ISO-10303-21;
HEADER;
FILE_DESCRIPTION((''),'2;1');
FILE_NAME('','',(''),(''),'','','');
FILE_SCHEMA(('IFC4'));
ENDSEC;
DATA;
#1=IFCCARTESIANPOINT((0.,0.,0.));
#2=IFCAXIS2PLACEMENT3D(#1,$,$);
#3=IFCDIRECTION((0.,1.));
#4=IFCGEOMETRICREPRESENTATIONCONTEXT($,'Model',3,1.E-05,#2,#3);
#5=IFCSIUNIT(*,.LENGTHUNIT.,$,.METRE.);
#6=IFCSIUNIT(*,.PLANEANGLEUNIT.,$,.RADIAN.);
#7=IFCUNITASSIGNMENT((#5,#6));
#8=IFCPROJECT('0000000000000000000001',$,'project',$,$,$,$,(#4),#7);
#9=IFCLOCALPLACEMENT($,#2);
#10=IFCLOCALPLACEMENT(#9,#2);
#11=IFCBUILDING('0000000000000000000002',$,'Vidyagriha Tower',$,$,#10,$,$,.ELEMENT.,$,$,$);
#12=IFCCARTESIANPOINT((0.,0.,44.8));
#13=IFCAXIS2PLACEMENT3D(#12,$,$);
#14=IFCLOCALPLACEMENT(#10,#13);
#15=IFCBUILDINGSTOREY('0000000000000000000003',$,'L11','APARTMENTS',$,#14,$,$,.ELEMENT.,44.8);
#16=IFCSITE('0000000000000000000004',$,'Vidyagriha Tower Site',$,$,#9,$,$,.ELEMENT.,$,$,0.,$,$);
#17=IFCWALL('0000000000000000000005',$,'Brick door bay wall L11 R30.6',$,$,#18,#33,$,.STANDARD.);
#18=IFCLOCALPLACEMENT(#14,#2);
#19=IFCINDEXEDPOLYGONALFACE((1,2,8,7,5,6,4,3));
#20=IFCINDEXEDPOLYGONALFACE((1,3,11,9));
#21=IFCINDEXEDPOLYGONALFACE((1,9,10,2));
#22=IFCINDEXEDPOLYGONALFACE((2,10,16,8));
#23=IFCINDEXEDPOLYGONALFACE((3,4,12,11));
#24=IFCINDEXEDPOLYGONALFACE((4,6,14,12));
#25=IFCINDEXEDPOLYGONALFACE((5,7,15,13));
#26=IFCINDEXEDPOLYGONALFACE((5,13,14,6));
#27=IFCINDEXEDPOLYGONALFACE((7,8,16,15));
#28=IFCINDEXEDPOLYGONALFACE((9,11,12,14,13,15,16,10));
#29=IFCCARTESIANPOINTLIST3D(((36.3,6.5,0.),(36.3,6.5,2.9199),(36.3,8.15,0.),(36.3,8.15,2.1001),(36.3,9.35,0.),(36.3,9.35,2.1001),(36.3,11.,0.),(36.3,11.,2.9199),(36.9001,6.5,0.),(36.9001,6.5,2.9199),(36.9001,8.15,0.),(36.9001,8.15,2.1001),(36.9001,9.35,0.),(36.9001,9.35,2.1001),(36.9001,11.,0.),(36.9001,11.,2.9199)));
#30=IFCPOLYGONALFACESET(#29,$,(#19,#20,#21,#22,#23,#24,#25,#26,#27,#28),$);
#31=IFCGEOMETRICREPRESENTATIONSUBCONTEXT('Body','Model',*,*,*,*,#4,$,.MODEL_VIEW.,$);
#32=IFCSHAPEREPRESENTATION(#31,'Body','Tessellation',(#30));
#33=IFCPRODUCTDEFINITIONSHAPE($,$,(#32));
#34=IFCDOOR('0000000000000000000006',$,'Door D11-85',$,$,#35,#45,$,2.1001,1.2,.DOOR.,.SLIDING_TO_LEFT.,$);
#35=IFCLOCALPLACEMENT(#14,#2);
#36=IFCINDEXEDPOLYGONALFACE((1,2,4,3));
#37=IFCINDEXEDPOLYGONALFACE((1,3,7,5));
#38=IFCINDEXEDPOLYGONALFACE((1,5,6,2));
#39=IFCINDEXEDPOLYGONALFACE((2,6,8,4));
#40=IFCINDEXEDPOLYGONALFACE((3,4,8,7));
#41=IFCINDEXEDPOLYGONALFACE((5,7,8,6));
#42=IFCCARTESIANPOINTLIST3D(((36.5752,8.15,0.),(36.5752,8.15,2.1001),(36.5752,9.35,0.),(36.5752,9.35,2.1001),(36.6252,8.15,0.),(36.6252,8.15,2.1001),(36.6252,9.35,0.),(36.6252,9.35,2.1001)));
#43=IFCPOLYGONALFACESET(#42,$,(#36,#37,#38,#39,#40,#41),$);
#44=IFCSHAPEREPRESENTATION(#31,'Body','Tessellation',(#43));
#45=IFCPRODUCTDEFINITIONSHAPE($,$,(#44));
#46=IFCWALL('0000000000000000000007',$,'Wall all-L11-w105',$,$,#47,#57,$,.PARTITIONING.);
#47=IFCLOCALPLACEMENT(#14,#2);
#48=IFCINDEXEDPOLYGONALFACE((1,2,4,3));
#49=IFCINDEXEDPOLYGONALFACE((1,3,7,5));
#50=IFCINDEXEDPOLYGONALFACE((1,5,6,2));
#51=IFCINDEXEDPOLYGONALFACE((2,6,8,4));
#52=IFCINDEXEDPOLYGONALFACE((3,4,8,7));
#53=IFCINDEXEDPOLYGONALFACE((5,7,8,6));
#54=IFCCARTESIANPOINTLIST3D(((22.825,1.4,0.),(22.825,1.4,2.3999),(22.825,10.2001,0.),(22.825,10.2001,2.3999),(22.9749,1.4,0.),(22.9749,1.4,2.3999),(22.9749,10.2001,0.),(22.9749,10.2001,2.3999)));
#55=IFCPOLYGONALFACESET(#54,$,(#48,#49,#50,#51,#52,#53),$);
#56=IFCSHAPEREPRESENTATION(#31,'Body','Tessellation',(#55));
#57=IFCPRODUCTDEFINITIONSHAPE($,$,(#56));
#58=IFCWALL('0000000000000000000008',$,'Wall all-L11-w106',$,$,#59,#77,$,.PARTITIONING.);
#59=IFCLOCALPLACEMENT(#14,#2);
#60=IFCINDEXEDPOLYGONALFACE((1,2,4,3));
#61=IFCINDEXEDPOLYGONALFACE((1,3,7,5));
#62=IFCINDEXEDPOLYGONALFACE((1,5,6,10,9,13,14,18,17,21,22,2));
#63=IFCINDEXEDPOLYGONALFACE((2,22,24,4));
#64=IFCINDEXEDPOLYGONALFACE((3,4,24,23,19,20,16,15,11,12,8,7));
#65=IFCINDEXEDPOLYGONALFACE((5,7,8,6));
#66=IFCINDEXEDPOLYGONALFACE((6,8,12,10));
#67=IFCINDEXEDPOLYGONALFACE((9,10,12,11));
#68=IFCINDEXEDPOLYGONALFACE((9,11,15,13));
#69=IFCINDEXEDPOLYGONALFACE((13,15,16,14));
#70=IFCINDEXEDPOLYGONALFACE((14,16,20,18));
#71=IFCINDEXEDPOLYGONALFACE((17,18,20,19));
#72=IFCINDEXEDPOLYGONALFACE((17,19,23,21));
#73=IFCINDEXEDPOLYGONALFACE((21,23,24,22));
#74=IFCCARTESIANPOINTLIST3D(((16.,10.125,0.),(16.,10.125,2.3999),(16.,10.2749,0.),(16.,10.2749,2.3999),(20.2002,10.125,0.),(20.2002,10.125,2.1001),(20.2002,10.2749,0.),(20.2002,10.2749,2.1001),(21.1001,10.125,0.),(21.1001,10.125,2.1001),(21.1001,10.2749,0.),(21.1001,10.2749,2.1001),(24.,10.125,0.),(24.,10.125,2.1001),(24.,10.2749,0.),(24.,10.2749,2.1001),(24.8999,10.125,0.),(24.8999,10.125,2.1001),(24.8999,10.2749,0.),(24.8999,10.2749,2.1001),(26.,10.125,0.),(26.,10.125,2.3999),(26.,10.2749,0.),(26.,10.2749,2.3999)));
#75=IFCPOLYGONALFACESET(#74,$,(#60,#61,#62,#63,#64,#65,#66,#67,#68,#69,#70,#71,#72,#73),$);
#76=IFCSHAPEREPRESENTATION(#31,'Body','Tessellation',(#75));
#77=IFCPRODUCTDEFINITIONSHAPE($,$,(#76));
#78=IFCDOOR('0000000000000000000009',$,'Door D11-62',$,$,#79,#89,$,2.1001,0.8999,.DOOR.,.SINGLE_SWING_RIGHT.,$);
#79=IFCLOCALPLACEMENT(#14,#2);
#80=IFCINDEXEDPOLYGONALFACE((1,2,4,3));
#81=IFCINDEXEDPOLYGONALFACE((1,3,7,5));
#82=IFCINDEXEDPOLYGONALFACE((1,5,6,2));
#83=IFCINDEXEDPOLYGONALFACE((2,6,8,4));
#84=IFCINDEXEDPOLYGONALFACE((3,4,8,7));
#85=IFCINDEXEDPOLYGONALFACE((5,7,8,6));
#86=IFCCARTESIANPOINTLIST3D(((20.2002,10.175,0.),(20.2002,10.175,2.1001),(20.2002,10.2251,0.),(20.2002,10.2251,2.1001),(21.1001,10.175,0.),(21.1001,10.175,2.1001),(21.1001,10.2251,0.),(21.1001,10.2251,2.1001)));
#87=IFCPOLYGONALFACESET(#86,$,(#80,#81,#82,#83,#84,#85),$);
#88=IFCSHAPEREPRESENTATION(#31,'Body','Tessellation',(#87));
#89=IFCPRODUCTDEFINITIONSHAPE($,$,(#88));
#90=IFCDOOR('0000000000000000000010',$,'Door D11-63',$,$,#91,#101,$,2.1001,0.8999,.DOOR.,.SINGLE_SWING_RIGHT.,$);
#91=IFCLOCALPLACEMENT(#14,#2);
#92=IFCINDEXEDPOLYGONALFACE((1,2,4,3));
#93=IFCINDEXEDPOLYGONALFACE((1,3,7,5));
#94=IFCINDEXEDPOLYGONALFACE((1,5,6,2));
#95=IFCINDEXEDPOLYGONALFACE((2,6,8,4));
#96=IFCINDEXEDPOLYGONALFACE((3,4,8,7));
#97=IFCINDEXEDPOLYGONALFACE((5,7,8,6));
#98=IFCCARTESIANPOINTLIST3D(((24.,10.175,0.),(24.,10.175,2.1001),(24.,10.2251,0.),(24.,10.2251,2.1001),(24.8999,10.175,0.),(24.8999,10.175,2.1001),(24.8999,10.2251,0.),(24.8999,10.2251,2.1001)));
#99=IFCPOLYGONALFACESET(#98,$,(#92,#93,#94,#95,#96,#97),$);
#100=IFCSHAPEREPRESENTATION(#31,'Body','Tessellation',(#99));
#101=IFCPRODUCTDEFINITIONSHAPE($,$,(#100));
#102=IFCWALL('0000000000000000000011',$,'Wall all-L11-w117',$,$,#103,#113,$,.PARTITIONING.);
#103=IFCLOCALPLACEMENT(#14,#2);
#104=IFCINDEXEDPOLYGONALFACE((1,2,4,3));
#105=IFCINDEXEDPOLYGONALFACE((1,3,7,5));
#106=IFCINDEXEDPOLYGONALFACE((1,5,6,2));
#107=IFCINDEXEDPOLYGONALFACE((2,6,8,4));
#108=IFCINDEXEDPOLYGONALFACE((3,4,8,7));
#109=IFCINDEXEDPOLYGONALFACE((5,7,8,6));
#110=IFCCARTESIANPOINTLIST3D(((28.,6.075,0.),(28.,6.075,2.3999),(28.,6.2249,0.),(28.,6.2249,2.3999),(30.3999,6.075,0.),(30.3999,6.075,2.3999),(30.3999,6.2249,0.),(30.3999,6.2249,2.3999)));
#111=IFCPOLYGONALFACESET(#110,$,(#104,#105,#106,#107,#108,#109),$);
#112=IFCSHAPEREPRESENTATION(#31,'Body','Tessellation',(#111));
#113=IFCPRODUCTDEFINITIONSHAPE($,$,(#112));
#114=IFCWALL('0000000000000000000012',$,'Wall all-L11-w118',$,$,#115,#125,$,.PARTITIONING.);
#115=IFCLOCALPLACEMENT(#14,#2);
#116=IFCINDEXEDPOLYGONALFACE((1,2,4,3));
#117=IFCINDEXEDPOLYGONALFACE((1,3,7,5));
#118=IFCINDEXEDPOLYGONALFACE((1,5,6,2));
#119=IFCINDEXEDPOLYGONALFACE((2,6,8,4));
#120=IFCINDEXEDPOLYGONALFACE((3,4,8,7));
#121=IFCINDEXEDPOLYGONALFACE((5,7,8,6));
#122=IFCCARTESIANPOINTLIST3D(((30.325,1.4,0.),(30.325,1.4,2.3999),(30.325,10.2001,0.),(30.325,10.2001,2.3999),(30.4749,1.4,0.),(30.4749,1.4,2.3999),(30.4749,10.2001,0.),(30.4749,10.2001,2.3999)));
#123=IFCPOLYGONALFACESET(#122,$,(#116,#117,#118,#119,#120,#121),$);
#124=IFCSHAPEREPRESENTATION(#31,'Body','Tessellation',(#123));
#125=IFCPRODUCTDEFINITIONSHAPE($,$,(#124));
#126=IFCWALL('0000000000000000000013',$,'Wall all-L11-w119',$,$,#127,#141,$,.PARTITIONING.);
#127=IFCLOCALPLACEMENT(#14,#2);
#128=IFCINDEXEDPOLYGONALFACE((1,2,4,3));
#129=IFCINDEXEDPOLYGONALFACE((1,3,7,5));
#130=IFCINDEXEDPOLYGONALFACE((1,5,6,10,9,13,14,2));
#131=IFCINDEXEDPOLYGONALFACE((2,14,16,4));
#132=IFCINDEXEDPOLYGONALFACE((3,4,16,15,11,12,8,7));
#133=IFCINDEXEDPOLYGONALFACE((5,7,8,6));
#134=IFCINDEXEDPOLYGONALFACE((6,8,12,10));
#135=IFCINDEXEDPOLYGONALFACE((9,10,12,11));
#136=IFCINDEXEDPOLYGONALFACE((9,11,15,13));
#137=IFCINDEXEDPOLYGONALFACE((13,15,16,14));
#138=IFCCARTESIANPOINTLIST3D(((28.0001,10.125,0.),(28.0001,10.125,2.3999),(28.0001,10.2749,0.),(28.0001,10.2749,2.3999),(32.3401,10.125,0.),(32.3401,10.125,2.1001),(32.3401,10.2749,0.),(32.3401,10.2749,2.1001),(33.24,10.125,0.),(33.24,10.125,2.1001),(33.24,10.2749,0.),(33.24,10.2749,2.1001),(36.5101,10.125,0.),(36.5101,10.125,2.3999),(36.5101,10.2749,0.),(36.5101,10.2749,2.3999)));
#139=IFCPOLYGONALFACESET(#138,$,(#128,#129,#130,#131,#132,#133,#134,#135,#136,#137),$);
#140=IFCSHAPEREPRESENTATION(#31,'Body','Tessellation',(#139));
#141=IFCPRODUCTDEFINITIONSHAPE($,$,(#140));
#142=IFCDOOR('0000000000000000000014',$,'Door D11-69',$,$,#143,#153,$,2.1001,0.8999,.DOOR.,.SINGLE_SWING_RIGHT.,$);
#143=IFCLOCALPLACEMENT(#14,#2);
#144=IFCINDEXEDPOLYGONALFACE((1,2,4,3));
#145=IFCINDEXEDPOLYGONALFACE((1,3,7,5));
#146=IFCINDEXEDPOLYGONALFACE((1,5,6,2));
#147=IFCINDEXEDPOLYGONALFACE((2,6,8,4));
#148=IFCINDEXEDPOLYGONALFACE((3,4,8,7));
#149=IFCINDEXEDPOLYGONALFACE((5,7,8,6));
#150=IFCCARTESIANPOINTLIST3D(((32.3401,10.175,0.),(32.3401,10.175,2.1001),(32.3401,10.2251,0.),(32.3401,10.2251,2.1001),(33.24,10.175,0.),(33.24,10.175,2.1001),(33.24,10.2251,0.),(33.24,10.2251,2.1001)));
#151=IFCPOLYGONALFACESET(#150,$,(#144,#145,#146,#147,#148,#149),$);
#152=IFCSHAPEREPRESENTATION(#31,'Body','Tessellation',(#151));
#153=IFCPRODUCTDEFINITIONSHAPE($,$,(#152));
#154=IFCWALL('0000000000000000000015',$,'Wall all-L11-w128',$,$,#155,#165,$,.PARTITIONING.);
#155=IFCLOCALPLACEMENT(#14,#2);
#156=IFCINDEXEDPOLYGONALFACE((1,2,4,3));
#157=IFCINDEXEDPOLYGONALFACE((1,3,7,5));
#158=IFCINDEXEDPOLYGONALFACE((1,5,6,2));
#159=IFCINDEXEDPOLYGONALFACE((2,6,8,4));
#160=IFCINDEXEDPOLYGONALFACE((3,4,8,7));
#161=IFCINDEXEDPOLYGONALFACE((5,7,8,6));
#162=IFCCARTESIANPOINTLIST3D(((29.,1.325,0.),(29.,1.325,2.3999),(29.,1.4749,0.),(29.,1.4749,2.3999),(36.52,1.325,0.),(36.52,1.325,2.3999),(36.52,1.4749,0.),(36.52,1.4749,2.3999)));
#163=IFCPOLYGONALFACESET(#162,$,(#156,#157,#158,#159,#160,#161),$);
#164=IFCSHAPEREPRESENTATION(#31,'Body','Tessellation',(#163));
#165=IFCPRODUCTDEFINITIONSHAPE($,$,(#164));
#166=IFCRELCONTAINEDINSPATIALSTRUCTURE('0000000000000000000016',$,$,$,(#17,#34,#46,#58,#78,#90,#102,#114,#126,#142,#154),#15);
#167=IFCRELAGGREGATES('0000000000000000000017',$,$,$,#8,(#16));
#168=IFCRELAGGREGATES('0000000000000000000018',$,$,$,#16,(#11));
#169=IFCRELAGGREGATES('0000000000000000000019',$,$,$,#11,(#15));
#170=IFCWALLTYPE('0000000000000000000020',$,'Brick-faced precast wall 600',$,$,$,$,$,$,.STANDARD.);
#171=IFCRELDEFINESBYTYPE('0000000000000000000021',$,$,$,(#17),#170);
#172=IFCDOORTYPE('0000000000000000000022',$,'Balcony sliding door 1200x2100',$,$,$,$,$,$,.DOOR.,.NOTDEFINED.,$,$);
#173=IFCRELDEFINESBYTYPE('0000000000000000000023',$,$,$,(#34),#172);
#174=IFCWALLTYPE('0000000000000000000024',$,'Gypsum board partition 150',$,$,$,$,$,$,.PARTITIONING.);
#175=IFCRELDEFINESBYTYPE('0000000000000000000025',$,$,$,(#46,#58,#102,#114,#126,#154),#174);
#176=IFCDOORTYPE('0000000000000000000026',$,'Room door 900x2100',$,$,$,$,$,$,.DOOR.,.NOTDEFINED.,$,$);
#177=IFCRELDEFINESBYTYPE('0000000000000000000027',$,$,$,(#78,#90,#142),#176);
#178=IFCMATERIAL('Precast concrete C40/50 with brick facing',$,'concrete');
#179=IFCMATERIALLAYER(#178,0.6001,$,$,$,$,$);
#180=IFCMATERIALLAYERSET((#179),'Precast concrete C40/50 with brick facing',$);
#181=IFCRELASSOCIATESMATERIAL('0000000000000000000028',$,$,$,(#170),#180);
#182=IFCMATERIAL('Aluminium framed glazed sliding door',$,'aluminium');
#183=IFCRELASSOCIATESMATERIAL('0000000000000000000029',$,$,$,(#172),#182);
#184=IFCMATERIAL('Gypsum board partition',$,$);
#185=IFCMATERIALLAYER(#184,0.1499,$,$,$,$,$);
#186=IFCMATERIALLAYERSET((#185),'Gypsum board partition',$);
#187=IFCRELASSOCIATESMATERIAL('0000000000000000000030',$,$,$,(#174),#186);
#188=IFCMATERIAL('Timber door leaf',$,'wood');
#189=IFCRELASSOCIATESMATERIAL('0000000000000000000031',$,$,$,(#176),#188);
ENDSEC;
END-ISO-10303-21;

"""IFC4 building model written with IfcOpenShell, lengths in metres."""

from ifc_helpers import new_model, si_unit, direction, frame, frame_2d, origin, place, context, subcontext, project, spatial, rectangle, extrude, material, layer, layer_set, type_object, element, fill, save


model = new_model("IFC4")

# Units and contexts
model_context = context("Model", 3, precision=1e-05, world=origin(), true_north=direction((0.0, 1.0)))
body_context = subcontext(model_context, "Body", "Model", "MODEL_VIEW")
ifc_project = project(units=[si_unit("LENGTHUNIT", "METRE"), si_unit("PLANEANGLEUNIT", "RADIAN")], contexts=[model_context])

# Site, building, storey
site_placement = place(None, origin())
site = spatial("IfcSite", under=ifc_project, at=site_placement, Name="Vidyagriha Tower Site", CompositionType="ELEMENT", RefElevation=0.0)
building_placement = place(site_placement, origin())
building = spatial("IfcBuilding", under=site, at=building_placement, Name="Vidyagriha Tower", CompositionType="ELEMENT")
storey_placement = place(building_placement, frame((0.0, 0.0, 44.8)))
storey = spatial("IfcBuildingStorey", under=building, at=storey_placement, Name="L11", Description="APARTMENTS", CompositionType="ELEMENT", Elevation=44.8)

# Wall, opening, door
ifc_material_1 = material(Name="Precast concrete C40/50 with brick facing", Category="concrete")
ifc_layer_1 = layer(ifc_material_1, 0.6001)
ifc_layer_set_1 = layer_set([ifc_layer_1], Name="Precast concrete C40/50 with brick facing")
wall_type_1 = type_object("IfcWallType", Name="Brick-faced precast wall 600", PredefinedType="STANDARD", material=ifc_layer_set_1)
wall_1_placement = place(storey_placement, frame((36.6001, 6.5, 0.0), z_axis=(0.0, 0.0, 1.0), x_axis=(0.0, 1.0, 0.0)))
wall_1 = element("IfcWall", 1, at=wall_1_placement, inside=storey, type_object=wall_type_1, Name="Brick door bay wall L11 R30.6", PredefinedType="STANDARD", context=body_context, shape_type="SweptSolid", body=[
    extrude(rectangle(XDim=4.5, YDim=0.6001, at=frame_2d((2.25, 0.0))), origin(), (0.0, 0.0, 1.0), 2.9199),
])
opening_1_placement = place(wall_1_placement, frame((1.6499, 0.0, 0.0)))
opening_1 = element("IfcOpeningElement", 2, at=opening_1_placement, cuts=wall_1, PredefinedType="OPENING", context=body_context, shape_type="SweptSolid", body=[
    extrude(rectangle(XDim=1.2, YDim=2.1001, at=frame_2d((0.6001, 1.05))), frame((0.0, 0.3101, 0.0), z_axis=(0.0, -1.0, 0.0), x_axis=(1.0, 0.0, 0.0)), (0.0, 0.0, 1.0), 0.6201),
])
ifc_material_2 = material(Name="Aluminium framed glazed sliding door", Category="aluminium")
door_type_1 = type_object("IfcDoorType", Name="Balcony sliding door 1200x2100", OperationType="NOTDEFINED", PredefinedType="DOOR", material=ifc_material_2)
door_1_placement = place(opening_1_placement, origin())
door_1 = element("IfcDoor", 3, at=door_1_placement, inside=storey, type_object=door_type_1, Name="Door D11-85", OperationType="SLIDING_TO_LEFT", OverallHeight=2.1001, OverallWidth=1.2, PredefinedType="DOOR", context=body_context, shape_type="SweptSolid", body=[
    extrude(rectangle(XDim=1.2, YDim=2.1001, at=frame_2d((0.6001, 1.05))), frame((0.0, 0.0249, 0.0), z_axis=(0.0, -1.0, 0.0), x_axis=(1.0, 0.0, 0.0)), (0.0, 0.0, 1.0), 0.05),
])
fill(opening_1, door_1)

# Wall
ifc_material_3 = material(Name="Gypsum board partition")
ifc_layer_2 = layer(ifc_material_3, 0.1499)
ifc_layer_set_2 = layer_set([ifc_layer_2], Name="Gypsum board partition")
wall_type_2 = type_object("IfcWallType", Name="Gypsum board partition 150", PredefinedType="PARTITIONING", material=ifc_layer_set_2)
wall_2_placement = place(storey_placement, frame((22.8999, 10.2, 0.0), z_axis=(0.0, 0.0, 1.0), x_axis=(0.0, -1.0, 0.0)))
element("IfcWall", 4, at=wall_2_placement, inside=storey, type_object=wall_type_2, Name="Wall all-L11-w105", PredefinedType="PARTITIONING", context=body_context, shape_type="SweptSolid", body=[
    extrude(rectangle(XDim=8.8, YDim=0.1499, at=frame_2d((4.3999, 0.0))), origin(), (0.0, 0.0, 1.0), 2.3999),
])

# Wall, openings, doors
wall_3_placement = place(storey_placement, frame((26.0, 10.2, 0.0), z_axis=(0.0, 0.0, 1.0), x_axis=(-1.0, 0.0, 0.0)))
wall_3 = element("IfcWall", 5, at=wall_3_placement, inside=storey, type_object=wall_type_2, Name="Wall all-L11-w106", PredefinedType="PARTITIONING", context=body_context, shape_type="SweptSolid", body=[
    extrude(rectangle(XDim=10.0, YDim=0.1499, at=frame_2d((5.0, 0.0))), origin(), (0.0, 0.0, 1.0), 2.3999),
])
opening_2_placement = place(wall_3_placement, frame((4.8999, 0.0, 0.0)))
opening_2 = element("IfcOpeningElement", 6, at=opening_2_placement, cuts=wall_3, PredefinedType="OPENING", context=body_context, shape_type="SweptSolid", body=[
    extrude(rectangle(XDim=0.8999, YDim=2.1001, at=frame_2d((0.45, 1.05))), frame((0.0, 0.085, 0.0), z_axis=(0.0, -1.0, 0.0), x_axis=(1.0, 0.0, 0.0)), (0.0, 0.0, 1.0), 0.1699),
])
opening_3_placement = place(wall_3_placement, frame((1.1001, 0.0, 0.0)))
opening_3 = element("IfcOpeningElement", 7, at=opening_3_placement, cuts=wall_3, PredefinedType="OPENING", context=body_context, shape_type="SweptSolid", body=[
    extrude(rectangle(XDim=0.8999, YDim=2.1001, at=frame_2d((0.45, 1.05))), frame((0.0, 0.085, 0.0), z_axis=(0.0, -1.0, 0.0), x_axis=(1.0, 0.0, 0.0)), (0.0, 0.0, 1.0), 0.1699),
])
ifc_material_4 = material(Name="Timber door leaf", Category="wood")
door_type_2 = type_object("IfcDoorType", Name="Room door 900x2100", OperationType="NOTDEFINED", PredefinedType="DOOR", material=ifc_material_4)
door_2_placement = place(opening_2_placement, origin())
door_2 = element("IfcDoor", 8, at=door_2_placement, inside=storey, type_object=door_type_2, Name="Door D11-62", OperationType="SINGLE_SWING_RIGHT", OverallHeight=2.1001, OverallWidth=0.8999, PredefinedType="DOOR", context=body_context, shape_type="SweptSolid", body=[
    extrude(rectangle(XDim=0.8999, YDim=2.1001, at=frame_2d((0.45, 1.05))), frame((0.0, 0.0249, 0.0), z_axis=(0.0, -1.0, 0.0), x_axis=(1.0, 0.0, 0.0)), (0.0, 0.0, 1.0), 0.05),
])
fill(opening_2, door_2)
door_3_placement = place(opening_3_placement, origin())
door_3 = element("IfcDoor", 9, at=door_3_placement, inside=storey, type_object=door_type_2, Name="Door D11-63", OperationType="SINGLE_SWING_RIGHT", OverallHeight=2.1001, OverallWidth=0.8999, PredefinedType="DOOR", context=body_context, shape_type="SweptSolid", body=[
    extrude(rectangle(XDim=0.8999, YDim=2.1001, at=frame_2d((0.45, 1.05))), frame((0.0, 0.0249, 0.0), z_axis=(0.0, -1.0, 0.0), x_axis=(1.0, 0.0, 0.0)), (0.0, 0.0, 1.0), 0.05),
])
fill(opening_3, door_3)

# Walls
wall_4_placement = place(storey_placement, frame((28.0, 6.1499, 0.0)))
element("IfcWall", 10, at=wall_4_placement, inside=storey, type_object=wall_type_2, Name="Wall all-L11-w117", PredefinedType="PARTITIONING", context=body_context, shape_type="SweptSolid", body=[
    extrude(rectangle(XDim=2.3999, YDim=0.1499, at=frame_2d((1.2, 0.0))), origin(), (0.0, 0.0, 1.0), 2.3999),
])
wall_5_placement = place(storey_placement, frame((30.3999, 10.2, 0.0), z_axis=(0.0, 0.0, 1.0), x_axis=(0.0, -1.0, 0.0)))
element("IfcWall", 11, at=wall_5_placement, inside=storey, type_object=wall_type_2, Name="Wall all-L11-w118", PredefinedType="PARTITIONING", context=body_context, shape_type="SweptSolid", body=[
    extrude(rectangle(XDim=8.8, YDim=0.1499, at=frame_2d((4.3999, 0.0))), origin(), (0.0, 0.0, 1.0), 2.3999),
])

# Wall, opening, door
wall_6_placement = place(storey_placement, frame((36.51, 10.2, 0.0), z_axis=(0.0, 0.0, 1.0), x_axis=(-1.0, 0.0, 0.0)))
wall_6 = element("IfcWall", 12, at=wall_6_placement, inside=storey, type_object=wall_type_2, Name="Wall all-L11-w119", PredefinedType="PARTITIONING", context=body_context, shape_type="SweptSolid", body=[
    extrude(rectangle(XDim=8.51, YDim=0.1499, at=frame_2d((4.2549, 0.0))), origin(), (0.0, 0.0, 1.0), 2.3999),
])
opening_4_placement = place(wall_6_placement, frame((3.27, 0.0, 0.0)))
opening_4 = element("IfcOpeningElement", 13, at=opening_4_placement, cuts=wall_6, PredefinedType="OPENING", context=body_context, shape_type="SweptSolid", body=[
    extrude(rectangle(XDim=0.8999, YDim=2.1001, at=frame_2d((0.45, 1.05))), frame((0.0, 0.085, 0.0), z_axis=(0.0, -1.0, 0.0), x_axis=(1.0, 0.0, 0.0)), (0.0, 0.0, 1.0), 0.1699),
])
door_4_placement = place(opening_4_placement, origin())
door_4 = element("IfcDoor", 14, at=door_4_placement, inside=storey, type_object=door_type_2, Name="Door D11-69", OperationType="SINGLE_SWING_RIGHT", OverallHeight=2.1001, OverallWidth=0.8999, PredefinedType="DOOR", context=body_context, shape_type="SweptSolid", body=[
    extrude(rectangle(XDim=0.8999, YDim=2.1001, at=frame_2d((0.45, 1.05))), frame((0.0, 0.0249, 0.0), z_axis=(0.0, -1.0, 0.0), x_axis=(1.0, 0.0, 0.0)), (0.0, 0.0, 1.0), 0.05),
])
fill(opening_4, door_4)

# Wall
wall_7_placement = place(storey_placement, frame((29.0, 1.3999, 0.0)))
element("IfcWall", 15, at=wall_7_placement, inside=storey, type_object=wall_type_2, Name="Wall all-L11-w128", PredefinedType="PARTITIONING", context=body_context, shape_type="SweptSolid", body=[
    extrude(rectangle(XDim=7.52, YDim=0.1499, at=frame_2d((3.76, 0.0))), origin(), (0.0, 0.0, 1.0), 2.3999),
])

save(model, "model.ifc")
